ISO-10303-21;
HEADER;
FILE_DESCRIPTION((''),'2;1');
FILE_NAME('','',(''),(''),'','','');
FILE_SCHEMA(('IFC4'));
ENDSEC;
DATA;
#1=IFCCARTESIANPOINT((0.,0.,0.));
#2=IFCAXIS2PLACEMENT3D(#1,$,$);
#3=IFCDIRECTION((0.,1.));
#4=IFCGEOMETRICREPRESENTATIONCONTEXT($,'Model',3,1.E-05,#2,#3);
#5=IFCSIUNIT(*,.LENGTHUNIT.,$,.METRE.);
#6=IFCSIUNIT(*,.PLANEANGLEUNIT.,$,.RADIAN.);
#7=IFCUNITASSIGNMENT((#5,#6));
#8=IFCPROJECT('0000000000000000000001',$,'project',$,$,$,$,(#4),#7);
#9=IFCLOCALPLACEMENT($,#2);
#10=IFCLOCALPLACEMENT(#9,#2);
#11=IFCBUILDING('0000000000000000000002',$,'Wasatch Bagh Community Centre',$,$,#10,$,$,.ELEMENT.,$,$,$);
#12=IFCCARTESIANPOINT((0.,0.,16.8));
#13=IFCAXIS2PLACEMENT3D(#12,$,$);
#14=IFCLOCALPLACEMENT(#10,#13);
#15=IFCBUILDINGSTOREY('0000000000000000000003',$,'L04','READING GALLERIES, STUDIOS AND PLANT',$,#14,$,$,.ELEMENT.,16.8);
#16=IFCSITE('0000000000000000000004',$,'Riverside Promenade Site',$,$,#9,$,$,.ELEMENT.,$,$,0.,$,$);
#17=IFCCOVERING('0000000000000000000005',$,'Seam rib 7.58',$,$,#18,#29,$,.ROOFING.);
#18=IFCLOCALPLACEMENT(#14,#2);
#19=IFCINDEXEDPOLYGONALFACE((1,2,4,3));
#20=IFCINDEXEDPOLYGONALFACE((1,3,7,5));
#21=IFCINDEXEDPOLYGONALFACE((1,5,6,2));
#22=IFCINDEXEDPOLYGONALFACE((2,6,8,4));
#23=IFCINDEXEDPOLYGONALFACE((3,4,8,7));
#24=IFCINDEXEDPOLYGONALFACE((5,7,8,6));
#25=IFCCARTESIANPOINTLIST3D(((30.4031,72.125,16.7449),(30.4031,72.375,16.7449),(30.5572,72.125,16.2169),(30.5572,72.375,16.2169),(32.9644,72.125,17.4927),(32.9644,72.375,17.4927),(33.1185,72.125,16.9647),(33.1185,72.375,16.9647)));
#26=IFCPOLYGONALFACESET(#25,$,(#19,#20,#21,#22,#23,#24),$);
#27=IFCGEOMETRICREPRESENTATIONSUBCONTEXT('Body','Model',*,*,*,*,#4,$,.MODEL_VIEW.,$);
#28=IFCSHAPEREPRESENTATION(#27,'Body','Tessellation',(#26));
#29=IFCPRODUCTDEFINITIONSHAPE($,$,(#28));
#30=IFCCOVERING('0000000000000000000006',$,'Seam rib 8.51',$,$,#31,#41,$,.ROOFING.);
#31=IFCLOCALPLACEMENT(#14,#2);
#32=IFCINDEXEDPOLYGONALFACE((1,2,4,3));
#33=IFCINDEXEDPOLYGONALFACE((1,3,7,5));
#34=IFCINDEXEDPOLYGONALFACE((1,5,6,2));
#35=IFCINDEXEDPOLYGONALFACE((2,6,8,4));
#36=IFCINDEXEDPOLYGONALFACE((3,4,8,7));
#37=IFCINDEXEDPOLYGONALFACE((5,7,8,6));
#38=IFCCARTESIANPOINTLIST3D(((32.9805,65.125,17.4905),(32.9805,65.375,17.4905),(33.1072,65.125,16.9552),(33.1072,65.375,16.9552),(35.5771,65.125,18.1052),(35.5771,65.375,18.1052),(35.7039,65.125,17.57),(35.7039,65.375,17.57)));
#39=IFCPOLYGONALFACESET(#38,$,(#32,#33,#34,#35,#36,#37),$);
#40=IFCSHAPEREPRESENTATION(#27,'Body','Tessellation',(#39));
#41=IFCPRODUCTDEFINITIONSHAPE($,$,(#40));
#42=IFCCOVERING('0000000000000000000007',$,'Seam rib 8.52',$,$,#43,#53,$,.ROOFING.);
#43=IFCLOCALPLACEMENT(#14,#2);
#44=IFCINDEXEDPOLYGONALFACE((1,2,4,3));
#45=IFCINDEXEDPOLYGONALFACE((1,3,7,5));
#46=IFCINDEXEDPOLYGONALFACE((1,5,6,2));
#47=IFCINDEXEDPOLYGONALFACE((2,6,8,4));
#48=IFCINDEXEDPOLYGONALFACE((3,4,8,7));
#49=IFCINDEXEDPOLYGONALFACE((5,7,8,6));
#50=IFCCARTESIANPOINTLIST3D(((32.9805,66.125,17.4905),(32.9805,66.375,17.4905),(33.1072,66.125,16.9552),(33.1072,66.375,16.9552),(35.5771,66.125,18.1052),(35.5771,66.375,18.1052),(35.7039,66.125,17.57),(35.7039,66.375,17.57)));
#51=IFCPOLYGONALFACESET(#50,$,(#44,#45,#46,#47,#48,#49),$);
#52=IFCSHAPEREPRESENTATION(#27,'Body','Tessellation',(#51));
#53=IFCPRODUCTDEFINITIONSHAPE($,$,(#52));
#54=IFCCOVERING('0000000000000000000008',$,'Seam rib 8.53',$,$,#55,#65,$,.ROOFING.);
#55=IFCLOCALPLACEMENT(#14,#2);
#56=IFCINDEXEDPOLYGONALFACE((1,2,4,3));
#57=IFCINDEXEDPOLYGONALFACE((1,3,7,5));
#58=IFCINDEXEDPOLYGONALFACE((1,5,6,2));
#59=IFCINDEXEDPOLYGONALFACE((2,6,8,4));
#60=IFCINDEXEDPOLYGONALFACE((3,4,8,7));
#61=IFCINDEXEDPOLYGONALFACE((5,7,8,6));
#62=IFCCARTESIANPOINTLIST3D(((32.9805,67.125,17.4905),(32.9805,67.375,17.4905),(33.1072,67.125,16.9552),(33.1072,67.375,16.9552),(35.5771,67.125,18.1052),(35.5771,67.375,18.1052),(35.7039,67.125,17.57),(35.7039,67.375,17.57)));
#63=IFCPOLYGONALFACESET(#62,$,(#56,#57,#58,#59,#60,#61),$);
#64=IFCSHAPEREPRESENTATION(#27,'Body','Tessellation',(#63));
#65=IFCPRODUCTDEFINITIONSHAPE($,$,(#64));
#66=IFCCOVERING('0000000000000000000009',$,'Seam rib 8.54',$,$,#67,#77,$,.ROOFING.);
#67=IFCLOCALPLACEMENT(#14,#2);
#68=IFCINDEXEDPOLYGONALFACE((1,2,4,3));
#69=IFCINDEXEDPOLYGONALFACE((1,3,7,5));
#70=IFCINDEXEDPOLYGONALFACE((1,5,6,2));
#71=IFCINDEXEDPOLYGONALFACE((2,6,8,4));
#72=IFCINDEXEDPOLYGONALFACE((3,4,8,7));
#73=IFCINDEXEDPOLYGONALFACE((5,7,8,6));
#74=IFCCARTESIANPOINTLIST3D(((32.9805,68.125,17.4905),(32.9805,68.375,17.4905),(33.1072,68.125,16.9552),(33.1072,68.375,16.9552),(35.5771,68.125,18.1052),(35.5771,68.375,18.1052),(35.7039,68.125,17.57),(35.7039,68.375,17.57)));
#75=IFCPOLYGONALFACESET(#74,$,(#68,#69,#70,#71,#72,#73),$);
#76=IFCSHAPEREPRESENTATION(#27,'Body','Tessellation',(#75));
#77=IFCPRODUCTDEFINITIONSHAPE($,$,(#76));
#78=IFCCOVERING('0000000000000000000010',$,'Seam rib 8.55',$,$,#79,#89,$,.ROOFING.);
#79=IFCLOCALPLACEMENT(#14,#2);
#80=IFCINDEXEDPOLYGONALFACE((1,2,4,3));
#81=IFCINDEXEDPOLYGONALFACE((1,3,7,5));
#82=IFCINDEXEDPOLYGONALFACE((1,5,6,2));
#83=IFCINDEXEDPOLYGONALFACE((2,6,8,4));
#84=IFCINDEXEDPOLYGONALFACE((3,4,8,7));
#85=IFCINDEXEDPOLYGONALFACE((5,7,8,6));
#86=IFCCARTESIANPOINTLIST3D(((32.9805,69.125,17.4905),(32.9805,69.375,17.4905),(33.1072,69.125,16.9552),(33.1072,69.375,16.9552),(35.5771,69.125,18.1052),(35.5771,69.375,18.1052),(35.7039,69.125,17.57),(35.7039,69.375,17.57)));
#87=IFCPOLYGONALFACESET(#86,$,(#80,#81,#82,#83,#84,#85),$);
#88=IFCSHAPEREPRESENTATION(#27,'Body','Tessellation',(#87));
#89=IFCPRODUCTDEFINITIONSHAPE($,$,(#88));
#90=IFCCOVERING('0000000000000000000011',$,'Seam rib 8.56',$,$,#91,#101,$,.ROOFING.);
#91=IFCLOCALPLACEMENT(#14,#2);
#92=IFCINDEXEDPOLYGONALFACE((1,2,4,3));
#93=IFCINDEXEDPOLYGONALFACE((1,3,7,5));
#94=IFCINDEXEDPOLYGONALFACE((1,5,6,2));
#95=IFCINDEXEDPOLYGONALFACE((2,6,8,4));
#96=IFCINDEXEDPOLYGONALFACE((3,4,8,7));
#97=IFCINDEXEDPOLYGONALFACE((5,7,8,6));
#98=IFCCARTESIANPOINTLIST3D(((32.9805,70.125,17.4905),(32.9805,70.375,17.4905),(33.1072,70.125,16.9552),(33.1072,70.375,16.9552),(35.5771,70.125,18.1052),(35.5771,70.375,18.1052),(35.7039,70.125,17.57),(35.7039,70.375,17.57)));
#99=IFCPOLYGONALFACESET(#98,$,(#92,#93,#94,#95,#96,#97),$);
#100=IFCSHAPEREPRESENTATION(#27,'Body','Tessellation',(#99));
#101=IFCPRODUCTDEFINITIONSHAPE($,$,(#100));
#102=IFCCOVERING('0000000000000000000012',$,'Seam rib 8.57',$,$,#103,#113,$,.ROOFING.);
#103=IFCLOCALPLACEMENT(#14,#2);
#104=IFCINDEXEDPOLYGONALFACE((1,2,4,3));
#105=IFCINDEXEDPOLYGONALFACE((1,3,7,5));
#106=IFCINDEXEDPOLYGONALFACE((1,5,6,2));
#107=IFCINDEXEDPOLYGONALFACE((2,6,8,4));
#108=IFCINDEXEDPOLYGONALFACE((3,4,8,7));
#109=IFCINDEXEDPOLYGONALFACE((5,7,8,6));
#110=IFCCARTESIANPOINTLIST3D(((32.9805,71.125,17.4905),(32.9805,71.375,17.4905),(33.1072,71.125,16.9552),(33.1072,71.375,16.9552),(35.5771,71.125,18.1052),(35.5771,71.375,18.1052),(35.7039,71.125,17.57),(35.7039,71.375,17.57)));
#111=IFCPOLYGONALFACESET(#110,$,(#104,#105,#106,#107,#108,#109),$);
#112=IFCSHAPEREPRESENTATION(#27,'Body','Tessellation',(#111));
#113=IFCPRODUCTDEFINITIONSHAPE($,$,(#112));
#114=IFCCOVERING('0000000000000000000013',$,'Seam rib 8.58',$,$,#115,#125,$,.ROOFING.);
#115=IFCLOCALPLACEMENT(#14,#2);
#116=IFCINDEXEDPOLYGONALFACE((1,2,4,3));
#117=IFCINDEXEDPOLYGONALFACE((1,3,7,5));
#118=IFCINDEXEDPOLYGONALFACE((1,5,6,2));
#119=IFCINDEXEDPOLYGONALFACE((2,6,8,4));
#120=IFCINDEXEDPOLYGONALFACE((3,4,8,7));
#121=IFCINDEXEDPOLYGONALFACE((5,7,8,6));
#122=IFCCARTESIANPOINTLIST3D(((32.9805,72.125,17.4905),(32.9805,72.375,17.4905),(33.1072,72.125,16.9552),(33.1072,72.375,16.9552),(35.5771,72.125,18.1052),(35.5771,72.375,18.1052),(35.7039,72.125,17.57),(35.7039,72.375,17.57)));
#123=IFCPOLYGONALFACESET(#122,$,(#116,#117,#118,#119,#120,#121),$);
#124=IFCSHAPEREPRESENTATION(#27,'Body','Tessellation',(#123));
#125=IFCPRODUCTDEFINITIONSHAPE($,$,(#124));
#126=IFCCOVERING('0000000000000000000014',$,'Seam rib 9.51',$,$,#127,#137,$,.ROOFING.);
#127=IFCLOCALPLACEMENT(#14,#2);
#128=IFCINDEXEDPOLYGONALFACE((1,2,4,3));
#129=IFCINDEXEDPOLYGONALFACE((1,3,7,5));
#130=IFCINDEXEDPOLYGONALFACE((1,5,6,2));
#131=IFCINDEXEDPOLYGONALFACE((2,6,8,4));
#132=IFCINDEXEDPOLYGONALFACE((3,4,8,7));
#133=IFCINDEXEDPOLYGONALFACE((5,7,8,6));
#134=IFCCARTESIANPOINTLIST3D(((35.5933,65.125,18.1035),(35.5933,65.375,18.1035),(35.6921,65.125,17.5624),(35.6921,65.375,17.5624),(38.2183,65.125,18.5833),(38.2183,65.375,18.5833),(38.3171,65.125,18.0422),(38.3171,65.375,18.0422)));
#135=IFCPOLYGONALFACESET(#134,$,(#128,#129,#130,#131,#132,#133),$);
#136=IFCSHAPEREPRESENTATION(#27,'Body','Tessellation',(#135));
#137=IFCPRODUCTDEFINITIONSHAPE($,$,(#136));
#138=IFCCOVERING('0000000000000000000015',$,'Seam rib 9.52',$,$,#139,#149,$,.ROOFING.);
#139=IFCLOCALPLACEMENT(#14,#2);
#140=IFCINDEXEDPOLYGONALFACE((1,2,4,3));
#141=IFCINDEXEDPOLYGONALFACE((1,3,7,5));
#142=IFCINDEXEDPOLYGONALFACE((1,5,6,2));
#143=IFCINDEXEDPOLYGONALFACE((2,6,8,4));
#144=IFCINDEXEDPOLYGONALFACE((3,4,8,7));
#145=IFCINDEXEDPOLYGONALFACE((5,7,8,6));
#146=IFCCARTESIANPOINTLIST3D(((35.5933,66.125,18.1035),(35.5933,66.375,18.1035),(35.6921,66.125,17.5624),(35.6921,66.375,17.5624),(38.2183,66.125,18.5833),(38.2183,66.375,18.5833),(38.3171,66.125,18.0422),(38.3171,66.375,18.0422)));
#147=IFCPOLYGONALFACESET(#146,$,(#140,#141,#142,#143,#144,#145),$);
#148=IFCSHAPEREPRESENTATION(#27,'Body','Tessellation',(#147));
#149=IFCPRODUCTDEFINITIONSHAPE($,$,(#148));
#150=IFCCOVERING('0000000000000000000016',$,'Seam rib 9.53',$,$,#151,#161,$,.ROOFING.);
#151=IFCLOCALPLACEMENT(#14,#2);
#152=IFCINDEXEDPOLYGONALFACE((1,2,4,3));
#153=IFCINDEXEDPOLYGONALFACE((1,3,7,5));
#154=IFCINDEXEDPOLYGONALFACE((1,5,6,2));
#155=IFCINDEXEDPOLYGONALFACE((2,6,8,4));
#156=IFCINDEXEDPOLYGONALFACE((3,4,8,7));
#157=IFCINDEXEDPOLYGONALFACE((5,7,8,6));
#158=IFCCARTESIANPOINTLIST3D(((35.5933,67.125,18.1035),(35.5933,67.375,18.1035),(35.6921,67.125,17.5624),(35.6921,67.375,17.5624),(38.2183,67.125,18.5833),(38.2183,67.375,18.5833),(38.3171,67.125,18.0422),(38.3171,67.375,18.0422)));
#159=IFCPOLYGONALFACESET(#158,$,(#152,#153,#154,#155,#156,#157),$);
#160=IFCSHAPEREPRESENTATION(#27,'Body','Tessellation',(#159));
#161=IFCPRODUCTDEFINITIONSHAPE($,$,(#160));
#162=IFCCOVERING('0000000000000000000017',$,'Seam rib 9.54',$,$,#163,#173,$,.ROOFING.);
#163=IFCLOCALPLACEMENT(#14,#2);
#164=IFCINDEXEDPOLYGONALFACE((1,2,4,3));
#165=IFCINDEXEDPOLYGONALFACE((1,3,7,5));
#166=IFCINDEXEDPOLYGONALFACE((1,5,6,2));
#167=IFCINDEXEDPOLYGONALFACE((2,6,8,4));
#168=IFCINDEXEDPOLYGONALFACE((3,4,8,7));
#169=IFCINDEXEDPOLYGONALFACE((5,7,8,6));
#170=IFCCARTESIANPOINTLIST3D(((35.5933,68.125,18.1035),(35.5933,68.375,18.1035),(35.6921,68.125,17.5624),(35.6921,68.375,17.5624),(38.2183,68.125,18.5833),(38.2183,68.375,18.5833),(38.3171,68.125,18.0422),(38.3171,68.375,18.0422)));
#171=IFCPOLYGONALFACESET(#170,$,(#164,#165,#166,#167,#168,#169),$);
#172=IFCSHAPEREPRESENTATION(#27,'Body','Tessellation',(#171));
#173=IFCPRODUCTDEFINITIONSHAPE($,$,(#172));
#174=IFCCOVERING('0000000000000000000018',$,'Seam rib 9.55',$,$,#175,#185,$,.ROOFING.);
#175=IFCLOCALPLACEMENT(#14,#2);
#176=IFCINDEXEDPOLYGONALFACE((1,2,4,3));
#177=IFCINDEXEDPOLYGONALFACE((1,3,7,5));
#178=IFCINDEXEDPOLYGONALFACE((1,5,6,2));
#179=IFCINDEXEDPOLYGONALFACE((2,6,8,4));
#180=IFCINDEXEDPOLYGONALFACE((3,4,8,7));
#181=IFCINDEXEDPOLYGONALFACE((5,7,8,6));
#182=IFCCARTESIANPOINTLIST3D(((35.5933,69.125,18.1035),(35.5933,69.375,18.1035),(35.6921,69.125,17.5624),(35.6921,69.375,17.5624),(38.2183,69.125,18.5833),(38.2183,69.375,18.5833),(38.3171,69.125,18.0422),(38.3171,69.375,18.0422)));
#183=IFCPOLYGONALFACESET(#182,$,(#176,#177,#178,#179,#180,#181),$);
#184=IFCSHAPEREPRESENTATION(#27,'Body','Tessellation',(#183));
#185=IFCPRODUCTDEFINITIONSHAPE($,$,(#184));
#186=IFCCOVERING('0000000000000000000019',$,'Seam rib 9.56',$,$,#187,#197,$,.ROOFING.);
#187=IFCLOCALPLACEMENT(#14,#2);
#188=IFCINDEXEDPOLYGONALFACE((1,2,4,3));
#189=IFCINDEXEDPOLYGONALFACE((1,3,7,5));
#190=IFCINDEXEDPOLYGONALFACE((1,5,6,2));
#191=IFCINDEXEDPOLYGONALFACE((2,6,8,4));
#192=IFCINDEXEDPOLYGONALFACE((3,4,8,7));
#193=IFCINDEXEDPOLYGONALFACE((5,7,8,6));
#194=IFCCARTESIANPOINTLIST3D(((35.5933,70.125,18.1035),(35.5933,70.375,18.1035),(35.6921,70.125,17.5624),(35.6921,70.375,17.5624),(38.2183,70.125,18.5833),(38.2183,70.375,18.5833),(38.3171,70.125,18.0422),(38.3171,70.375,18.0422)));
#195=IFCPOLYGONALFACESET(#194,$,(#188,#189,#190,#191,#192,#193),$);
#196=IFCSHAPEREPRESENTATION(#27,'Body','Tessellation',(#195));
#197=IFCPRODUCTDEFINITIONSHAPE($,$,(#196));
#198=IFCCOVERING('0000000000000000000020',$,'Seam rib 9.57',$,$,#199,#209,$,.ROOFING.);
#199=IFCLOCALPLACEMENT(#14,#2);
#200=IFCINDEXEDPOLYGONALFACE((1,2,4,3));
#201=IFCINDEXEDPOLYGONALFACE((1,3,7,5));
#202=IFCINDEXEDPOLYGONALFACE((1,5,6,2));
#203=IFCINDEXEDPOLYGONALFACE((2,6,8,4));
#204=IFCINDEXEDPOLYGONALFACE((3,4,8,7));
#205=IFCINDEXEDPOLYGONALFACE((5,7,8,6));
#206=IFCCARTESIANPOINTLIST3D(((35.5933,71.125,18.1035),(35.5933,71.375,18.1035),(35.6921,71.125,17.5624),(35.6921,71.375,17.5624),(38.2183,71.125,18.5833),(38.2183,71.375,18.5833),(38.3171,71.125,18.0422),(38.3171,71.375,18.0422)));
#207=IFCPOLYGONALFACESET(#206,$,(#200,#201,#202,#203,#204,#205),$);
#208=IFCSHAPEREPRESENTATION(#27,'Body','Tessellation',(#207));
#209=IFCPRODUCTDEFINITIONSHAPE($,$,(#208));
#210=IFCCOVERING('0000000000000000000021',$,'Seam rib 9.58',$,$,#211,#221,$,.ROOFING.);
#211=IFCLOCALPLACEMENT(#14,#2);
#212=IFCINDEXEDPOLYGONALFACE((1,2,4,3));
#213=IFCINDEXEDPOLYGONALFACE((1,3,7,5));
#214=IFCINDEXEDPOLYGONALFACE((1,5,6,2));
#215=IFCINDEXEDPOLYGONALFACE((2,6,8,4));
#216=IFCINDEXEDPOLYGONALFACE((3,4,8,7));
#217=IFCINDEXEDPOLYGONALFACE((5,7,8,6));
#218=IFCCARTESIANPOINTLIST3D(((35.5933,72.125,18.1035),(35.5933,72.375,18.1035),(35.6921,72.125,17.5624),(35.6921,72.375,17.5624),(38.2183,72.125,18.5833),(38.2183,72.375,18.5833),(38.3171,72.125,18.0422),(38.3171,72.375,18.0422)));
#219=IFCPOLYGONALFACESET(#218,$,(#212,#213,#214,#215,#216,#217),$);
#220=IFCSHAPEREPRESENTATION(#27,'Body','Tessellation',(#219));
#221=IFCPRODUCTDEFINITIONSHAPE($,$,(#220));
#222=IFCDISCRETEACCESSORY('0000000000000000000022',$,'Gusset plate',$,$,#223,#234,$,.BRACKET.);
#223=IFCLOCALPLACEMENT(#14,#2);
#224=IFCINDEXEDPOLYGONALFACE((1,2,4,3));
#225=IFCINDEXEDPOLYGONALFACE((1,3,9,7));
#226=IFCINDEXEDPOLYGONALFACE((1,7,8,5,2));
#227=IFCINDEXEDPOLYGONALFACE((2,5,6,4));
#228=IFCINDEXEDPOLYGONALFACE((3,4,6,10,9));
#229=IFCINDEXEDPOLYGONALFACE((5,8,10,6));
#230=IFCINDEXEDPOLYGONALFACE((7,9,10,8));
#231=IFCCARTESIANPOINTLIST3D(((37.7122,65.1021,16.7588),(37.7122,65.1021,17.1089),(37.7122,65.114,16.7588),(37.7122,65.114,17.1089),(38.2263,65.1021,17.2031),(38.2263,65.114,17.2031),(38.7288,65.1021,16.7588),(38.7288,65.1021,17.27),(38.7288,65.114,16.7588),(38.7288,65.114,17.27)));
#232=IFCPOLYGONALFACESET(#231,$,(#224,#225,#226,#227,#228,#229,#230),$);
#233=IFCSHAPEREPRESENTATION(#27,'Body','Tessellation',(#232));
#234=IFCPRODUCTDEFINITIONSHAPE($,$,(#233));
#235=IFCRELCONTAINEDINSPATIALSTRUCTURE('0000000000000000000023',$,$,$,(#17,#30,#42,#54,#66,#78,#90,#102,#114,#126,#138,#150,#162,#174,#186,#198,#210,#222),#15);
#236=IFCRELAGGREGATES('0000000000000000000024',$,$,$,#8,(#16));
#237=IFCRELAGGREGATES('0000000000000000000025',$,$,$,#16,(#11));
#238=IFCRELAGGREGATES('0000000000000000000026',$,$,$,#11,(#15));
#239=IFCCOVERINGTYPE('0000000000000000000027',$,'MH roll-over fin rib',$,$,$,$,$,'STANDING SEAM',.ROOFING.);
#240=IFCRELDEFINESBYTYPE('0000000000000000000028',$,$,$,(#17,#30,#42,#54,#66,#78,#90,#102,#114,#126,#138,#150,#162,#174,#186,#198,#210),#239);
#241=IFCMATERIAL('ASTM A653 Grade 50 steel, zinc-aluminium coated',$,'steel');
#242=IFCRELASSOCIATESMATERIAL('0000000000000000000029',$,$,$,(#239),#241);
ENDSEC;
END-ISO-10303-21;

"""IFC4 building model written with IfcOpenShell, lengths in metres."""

from ifc_helpers import new_model, si_unit, direction, frame, origin, place, context, subcontext, project, spatial, polyline, outline, extrude, material, type_object, element, save


model = new_model("IFC4")

# Units and contexts
model_context = context("Model", 3, precision=1e-05, world=origin(), true_north=direction((0.0, 1.0)))
body_context = subcontext(model_context, "Body", "Model", "MODEL_VIEW")
ifc_project = project(units=[si_unit("LENGTHUNIT", "METRE"), si_unit("PLANEANGLEUNIT", "RADIAN")], contexts=[model_context])

# Site, building, storey
site_placement = place(None, origin())
site = spatial("IfcSite", under=ifc_project, at=site_placement, Name="Riverside Promenade Site", CompositionType="ELEMENT", RefElevation=0.0)
building_placement = place(site_placement, origin())
building = spatial("IfcBuilding", under=site, at=building_placement, Name="Wasatch Bagh Community Centre", CompositionType="ELEMENT")
storey_placement = place(building_placement, frame((0.0, 0.0, 16.8)))
storey = spatial("IfcBuildingStorey", under=building, at=storey_placement, Name="L04", Description="READING GALLERIES, STUDIOS AND PLANT", CompositionType="ELEMENT", Elevation=16.8)

# Coverings
ifc_material_1 = material(Name="ASTM A653 Grade 50 steel, zinc-aluminium coated", Category="steel")
covering_type = type_object("IfcCoveringType", Name="MH roll-over fin rib", ElementType="STANDING SEAM", PredefinedType="ROOFING", material=ifc_material_1)
covering_placement = place(storey_placement, frame((30.4031, 72.125, 16.7449), z_axis=(-0.280264, 0.0, 0.959923), x_axis=(0.959923, 0.0, 0.280264)))
element("IfcCovering", 1, at=covering_placement, inside=storey, type_object=covering_type, Name="Seam rib 7.58", PredefinedType="ROOFING", context=body_context, shape_type="SweptSolid", body=[
    extrude(outline(polyline([(0.0, 0.0), (2.6682, 0.0), (2.6682, 0.25), (0.0, 0.25), (0.0, 0.0)])), origin(), (0.0, 0.0, -1.0), 0.55),
])
for number, where, z_axis, x_axis, name in (
    (2, (32.9805, 65.125, 17.4905), (-0.230375, 0.0, 0.973102), (0.973102, 0.0, 0.230375), "Seam rib 8.51"),
    (3, (32.9805, 66.125, 17.4905), (-0.230375, 0.0, 0.973102), (0.973102, 0.0, 0.230375), "Seam rib 8.52"),
    (4, (32.9805, 67.125, 17.4905), (-0.230375, 0.0, 0.973102), (0.973102, 0.0, 0.230375), "Seam rib 8.53"),
    (5, (32.9805, 68.125, 17.4905), (-0.230375, 0.0, 0.973102), (0.973102, 0.0, 0.230375), "Seam rib 8.54"),
    (6, (32.9805, 69.125, 17.4905), (-0.230375, 0.0, 0.973102), (0.973102, 0.0, 0.230375), "Seam rib 8.55"),
    (7, (32.9805, 70.125, 17.4905), (-0.230375, 0.0, 0.973102), (0.973102, 0.0, 0.230375), "Seam rib 8.56"),
    (8, (32.9805, 71.125, 17.4905), (-0.230375, 0.0, 0.973102), (0.973102, 0.0, 0.230375), "Seam rib 8.57"),
    (9, (32.9805, 72.125, 17.4905), (-0.230375, 0.0, 0.973102), (0.973102, 0.0, 0.230375), "Seam rib 8.58"),
):
    element("IfcCovering", number, at=place(storey_placement, frame(where, z_axis=z_axis, x_axis=x_axis)), inside=storey, type_object=covering_type, Name=name, PredefinedType="ROOFING", context=body_context, shape_type="SweptSolid", body=[
        extrude(outline(polyline([(0.0, 0.0), (2.6685, 0.0), (2.6685, 0.25), (0.0, 0.25), (0.0, 0.0)])), origin(), (0.0, 0.0, -1.0), 0.55),
    ])
for number, where, z_axis, x_axis, name in (
    (10, (35.5933, 65.125, 18.1035), (-0.179779, 0.0, 0.983707), (0.983707, 0.0, 0.179779), "Seam rib 9.51"),
    (11, (35.5933, 66.125, 18.1035), (-0.179779, 0.0, 0.983707), (0.983707, 0.0, 0.179779), "Seam rib 9.52"),
    (12, (35.5933, 67.125, 18.1035), (-0.179779, 0.0, 0.983707), (0.983707, 0.0, 0.179779), "Seam rib 9.53"),
    (13, (35.5933, 68.125, 18.1035), (-0.179779, 0.0, 0.983707), (0.983707, 0.0, 0.179779), "Seam rib 9.54"),
    (14, (35.5933, 69.125, 18.1035), (-0.179779, 0.0, 0.983707), (0.983707, 0.0, 0.179779), "Seam rib 9.55"),
    (15, (35.5933, 70.125, 18.1035), (-0.179779, 0.0, 0.983707), (0.983707, 0.0, 0.179779), "Seam rib 9.56"),
    (16, (35.5933, 71.125, 18.1035), (-0.179779, 0.0, 0.983707), (0.983707, 0.0, 0.179779), "Seam rib 9.57"),
    (17, (35.5933, 72.125, 18.1035), (-0.179779, 0.0, 0.983707), (0.983707, 0.0, 0.179779), "Seam rib 9.58"),
):
    element("IfcCovering", number, at=place(storey_placement, frame(where, z_axis=z_axis, x_axis=x_axis)), inside=storey, type_object=covering_type, Name=name, PredefinedType="ROOFING", context=body_context, shape_type="SweptSolid", body=[
        extrude(outline(polyline([(0.0, 0.0), (2.6685, 0.0), (2.6685, 0.25), (0.0, 0.25), (0.0, 0.0)])), origin(), (0.0, 0.0, -1.0), 0.55),
    ])

# Discrete accessory
discrete_accessory_1_placement = place(storey_placement, frame((37.7122, 65.114, 17.1089), z_axis=(0.0, 1.0, 0.0), x_axis=(0.983615, 0.0, 0.180283)))
element("IfcDiscreteAccessory", 18, at=discrete_accessory_1_placement, inside=storey, Name="Gusset plate", PredefinedType="BRACKET", context=body_context, shape_type="SweptSolid", body=[
    extrude(outline(polyline([(0.0, 0.0), (0.5227, 0.0), (1.029, 0.0248), (0.9368, 0.5276), (-0.0631, 0.3444), (0.0, 0.0)])), origin(), (0.0, 0.0, -1.0), 0.012),
])

save(model, "model.ifc")
